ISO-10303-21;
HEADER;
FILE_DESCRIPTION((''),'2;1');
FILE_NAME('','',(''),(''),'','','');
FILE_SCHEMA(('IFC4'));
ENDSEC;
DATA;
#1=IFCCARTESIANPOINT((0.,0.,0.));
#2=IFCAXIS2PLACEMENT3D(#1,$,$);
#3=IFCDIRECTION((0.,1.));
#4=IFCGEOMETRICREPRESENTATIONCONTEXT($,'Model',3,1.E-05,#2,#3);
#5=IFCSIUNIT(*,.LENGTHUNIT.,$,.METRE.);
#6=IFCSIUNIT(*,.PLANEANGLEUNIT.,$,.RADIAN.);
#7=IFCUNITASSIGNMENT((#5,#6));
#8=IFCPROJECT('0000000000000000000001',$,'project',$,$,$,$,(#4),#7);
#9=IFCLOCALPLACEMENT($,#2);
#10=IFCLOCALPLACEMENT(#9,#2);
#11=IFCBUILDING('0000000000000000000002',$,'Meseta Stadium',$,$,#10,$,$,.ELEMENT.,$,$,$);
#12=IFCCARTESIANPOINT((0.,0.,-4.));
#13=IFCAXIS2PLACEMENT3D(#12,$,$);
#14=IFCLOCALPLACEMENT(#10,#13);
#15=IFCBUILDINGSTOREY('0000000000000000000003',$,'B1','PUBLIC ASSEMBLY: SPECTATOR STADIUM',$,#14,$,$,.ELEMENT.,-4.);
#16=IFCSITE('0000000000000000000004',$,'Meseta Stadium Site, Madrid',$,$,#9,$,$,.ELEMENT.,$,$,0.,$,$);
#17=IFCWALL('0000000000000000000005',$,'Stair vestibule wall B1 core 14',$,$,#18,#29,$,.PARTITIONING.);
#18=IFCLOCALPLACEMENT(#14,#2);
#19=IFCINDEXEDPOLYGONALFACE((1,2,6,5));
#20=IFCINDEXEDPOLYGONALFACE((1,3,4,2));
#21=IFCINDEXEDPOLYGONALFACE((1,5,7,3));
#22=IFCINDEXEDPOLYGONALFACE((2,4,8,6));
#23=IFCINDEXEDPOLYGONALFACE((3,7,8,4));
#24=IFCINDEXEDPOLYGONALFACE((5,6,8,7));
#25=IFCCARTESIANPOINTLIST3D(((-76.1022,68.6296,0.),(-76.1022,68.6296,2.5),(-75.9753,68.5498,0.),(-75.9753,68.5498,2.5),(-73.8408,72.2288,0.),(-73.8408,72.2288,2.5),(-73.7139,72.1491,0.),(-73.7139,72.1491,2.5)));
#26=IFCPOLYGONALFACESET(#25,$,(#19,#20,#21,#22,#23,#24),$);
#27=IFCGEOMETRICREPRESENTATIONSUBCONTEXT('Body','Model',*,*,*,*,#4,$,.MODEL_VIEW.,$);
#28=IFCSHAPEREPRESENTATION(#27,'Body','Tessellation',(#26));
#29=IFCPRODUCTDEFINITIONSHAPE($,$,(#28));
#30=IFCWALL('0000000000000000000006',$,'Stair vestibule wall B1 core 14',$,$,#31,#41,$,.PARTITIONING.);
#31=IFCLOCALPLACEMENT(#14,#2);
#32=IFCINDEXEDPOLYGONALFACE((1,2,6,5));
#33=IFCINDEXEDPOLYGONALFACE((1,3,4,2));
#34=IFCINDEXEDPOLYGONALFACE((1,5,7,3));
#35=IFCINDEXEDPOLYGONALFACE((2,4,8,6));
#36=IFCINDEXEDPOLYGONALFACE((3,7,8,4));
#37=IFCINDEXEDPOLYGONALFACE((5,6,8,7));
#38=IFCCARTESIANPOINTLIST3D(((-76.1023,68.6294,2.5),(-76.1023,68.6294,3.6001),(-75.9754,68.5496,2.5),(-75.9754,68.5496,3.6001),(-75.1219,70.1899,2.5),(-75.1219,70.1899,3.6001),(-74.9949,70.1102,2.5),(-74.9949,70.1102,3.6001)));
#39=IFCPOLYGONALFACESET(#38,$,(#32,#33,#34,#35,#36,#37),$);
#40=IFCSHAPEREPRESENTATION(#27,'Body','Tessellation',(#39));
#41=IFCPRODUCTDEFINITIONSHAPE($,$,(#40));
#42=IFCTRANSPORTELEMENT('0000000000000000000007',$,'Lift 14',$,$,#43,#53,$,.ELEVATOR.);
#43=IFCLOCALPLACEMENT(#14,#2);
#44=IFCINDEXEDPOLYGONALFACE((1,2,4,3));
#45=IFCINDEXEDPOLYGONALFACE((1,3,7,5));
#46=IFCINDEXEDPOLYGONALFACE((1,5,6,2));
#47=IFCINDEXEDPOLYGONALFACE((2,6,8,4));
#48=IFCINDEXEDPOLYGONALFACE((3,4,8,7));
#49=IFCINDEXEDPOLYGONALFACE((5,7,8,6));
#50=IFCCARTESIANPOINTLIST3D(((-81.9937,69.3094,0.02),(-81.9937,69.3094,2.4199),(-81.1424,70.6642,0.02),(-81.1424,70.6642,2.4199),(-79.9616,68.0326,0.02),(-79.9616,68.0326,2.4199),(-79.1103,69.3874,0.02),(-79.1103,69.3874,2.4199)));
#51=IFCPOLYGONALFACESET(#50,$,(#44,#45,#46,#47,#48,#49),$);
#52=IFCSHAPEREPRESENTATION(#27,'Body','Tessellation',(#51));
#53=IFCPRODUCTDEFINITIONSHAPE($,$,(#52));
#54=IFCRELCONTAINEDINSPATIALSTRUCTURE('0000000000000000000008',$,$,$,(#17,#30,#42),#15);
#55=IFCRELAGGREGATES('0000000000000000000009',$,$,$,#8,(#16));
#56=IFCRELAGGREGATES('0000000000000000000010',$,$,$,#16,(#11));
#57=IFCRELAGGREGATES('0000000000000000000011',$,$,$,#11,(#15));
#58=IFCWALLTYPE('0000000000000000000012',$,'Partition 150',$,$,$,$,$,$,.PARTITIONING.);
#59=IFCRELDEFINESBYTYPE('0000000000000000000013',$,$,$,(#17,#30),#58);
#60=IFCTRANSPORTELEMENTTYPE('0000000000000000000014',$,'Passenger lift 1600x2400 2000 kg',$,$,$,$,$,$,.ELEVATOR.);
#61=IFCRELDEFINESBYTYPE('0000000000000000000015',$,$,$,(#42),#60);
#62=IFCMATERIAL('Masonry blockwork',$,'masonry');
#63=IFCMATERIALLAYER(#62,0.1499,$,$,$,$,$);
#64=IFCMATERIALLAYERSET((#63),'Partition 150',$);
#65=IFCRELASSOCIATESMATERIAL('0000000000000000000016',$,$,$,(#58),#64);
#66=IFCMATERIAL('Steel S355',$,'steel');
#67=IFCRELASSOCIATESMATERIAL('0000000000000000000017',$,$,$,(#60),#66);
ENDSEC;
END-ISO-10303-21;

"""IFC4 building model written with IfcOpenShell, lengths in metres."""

from ifc_helpers import new_model, si_unit, direction, frame, frame_2d, origin, origin_2d, place, context, subcontext, project, spatial, rectangle, extrude, material, layer, layer_set, type_object, element, save


model = new_model("IFC4")

# Units and contexts
model_context = context("Model", 3, precision=1e-05, world=origin(), true_north=direction((0.0, 1.0)))
body_context = subcontext(model_context, "Body", "Model", "MODEL_VIEW")
ifc_project = project(units=[si_unit("LENGTHUNIT", "METRE"), si_unit("PLANEANGLEUNIT", "RADIAN")], contexts=[model_context])

# Site, building, storey
site_placement = place(None, origin())
site = spatial("IfcSite", under=ifc_project, at=site_placement, Name="Meseta Stadium Site, Madrid", CompositionType="ELEMENT", RefElevation=0.0)
building_placement = place(site_placement, origin())
building = spatial("IfcBuilding", under=site, at=building_placement, Name="Meseta Stadium", CompositionType="ELEMENT")
storey_placement = place(building_placement, frame((0.0, 0.0, -4.0)))
storey = spatial("IfcBuildingStorey", under=building, at=storey_placement, Name="B1", Description="PUBLIC ASSEMBLY: SPECTATOR STADIUM", CompositionType="ELEMENT", Elevation=-4.0)

# Shared definitions
ifc_material_1 = material(Name="Masonry blockwork", Category="masonry")
ifc_layer_1 = layer(ifc_material_1, 0.1499)
ifc_layer_set_1 = layer_set([ifc_layer_1], Name="Partition 150")
wall_type_1 = type_object("IfcWallType", Name="Partition 150", PredefinedType="PARTITIONING", material=ifc_layer_set_1)

# Walls
wall_1_placement = place(storey_placement, frame((-76.0388, 68.5896, 0.0), z_axis=(0.0, 0.0, 1.0), x_axis=(0.532006, 0.846741, 0.0)))
element("IfcWall", 1, at=wall_1_placement, inside=storey, type_object=wall_type_1, Name="Stair vestibule wall B1 core 14", PredefinedType="PARTITIONING", context=body_context, shape_type="SweptSolid", body=[
    extrude(rectangle(XDim=4.2507, YDim=0.1499, at=frame_2d((2.1255, 0.0))), origin(), (0.0, 0.0, 1.0), 2.5),
])
wall_2_placement = place(storey_placement, frame((-76.0388, 68.5896, 2.5), z_axis=(0.0, 0.0, 1.0), x_axis=(0.531998, 0.846746, 0.0)))
element("IfcWall", 2, at=wall_2_placement, inside=storey, type_object=wall_type_1, Name="Stair vestibule wall B1 core 14", PredefinedType="PARTITIONING", context=body_context, shape_type="SweptSolid", body=[
    extrude(rectangle(XDim=1.843, YDim=0.1499, at=frame_2d((0.9214, 0.0))), origin(), (0.0, 0.0, 1.0), 1.1001),
])

# Transport element
ifc_material_2 = material(Name="Steel S355", Category="steel")
transport_element_type = type_object("IfcTransportElementType", Name="Passenger lift 1600x2400 2000 kg", PredefinedType="ELEVATOR", material=ifc_material_2)
transport_element_placement = place(storey_placement, frame((-80.552, 69.3484, 0.02), z_axis=(0.0, 0.0, 1.0), x_axis=(0.846724, -0.532033, 0.0)))
element("IfcTransportElement", 3, at=transport_element_placement, inside=storey, type_object=transport_element_type, Name="Lift 14", PredefinedType="ELEVATOR", context=body_context, shape_type="SweptSolid", body=[
    extrude(rectangle(XDim=2.3999, YDim=1.6001, at=origin_2d()), origin(), (0.0, 0.0, 1.0), 2.3999),
])

save(model, "model.ifc")
